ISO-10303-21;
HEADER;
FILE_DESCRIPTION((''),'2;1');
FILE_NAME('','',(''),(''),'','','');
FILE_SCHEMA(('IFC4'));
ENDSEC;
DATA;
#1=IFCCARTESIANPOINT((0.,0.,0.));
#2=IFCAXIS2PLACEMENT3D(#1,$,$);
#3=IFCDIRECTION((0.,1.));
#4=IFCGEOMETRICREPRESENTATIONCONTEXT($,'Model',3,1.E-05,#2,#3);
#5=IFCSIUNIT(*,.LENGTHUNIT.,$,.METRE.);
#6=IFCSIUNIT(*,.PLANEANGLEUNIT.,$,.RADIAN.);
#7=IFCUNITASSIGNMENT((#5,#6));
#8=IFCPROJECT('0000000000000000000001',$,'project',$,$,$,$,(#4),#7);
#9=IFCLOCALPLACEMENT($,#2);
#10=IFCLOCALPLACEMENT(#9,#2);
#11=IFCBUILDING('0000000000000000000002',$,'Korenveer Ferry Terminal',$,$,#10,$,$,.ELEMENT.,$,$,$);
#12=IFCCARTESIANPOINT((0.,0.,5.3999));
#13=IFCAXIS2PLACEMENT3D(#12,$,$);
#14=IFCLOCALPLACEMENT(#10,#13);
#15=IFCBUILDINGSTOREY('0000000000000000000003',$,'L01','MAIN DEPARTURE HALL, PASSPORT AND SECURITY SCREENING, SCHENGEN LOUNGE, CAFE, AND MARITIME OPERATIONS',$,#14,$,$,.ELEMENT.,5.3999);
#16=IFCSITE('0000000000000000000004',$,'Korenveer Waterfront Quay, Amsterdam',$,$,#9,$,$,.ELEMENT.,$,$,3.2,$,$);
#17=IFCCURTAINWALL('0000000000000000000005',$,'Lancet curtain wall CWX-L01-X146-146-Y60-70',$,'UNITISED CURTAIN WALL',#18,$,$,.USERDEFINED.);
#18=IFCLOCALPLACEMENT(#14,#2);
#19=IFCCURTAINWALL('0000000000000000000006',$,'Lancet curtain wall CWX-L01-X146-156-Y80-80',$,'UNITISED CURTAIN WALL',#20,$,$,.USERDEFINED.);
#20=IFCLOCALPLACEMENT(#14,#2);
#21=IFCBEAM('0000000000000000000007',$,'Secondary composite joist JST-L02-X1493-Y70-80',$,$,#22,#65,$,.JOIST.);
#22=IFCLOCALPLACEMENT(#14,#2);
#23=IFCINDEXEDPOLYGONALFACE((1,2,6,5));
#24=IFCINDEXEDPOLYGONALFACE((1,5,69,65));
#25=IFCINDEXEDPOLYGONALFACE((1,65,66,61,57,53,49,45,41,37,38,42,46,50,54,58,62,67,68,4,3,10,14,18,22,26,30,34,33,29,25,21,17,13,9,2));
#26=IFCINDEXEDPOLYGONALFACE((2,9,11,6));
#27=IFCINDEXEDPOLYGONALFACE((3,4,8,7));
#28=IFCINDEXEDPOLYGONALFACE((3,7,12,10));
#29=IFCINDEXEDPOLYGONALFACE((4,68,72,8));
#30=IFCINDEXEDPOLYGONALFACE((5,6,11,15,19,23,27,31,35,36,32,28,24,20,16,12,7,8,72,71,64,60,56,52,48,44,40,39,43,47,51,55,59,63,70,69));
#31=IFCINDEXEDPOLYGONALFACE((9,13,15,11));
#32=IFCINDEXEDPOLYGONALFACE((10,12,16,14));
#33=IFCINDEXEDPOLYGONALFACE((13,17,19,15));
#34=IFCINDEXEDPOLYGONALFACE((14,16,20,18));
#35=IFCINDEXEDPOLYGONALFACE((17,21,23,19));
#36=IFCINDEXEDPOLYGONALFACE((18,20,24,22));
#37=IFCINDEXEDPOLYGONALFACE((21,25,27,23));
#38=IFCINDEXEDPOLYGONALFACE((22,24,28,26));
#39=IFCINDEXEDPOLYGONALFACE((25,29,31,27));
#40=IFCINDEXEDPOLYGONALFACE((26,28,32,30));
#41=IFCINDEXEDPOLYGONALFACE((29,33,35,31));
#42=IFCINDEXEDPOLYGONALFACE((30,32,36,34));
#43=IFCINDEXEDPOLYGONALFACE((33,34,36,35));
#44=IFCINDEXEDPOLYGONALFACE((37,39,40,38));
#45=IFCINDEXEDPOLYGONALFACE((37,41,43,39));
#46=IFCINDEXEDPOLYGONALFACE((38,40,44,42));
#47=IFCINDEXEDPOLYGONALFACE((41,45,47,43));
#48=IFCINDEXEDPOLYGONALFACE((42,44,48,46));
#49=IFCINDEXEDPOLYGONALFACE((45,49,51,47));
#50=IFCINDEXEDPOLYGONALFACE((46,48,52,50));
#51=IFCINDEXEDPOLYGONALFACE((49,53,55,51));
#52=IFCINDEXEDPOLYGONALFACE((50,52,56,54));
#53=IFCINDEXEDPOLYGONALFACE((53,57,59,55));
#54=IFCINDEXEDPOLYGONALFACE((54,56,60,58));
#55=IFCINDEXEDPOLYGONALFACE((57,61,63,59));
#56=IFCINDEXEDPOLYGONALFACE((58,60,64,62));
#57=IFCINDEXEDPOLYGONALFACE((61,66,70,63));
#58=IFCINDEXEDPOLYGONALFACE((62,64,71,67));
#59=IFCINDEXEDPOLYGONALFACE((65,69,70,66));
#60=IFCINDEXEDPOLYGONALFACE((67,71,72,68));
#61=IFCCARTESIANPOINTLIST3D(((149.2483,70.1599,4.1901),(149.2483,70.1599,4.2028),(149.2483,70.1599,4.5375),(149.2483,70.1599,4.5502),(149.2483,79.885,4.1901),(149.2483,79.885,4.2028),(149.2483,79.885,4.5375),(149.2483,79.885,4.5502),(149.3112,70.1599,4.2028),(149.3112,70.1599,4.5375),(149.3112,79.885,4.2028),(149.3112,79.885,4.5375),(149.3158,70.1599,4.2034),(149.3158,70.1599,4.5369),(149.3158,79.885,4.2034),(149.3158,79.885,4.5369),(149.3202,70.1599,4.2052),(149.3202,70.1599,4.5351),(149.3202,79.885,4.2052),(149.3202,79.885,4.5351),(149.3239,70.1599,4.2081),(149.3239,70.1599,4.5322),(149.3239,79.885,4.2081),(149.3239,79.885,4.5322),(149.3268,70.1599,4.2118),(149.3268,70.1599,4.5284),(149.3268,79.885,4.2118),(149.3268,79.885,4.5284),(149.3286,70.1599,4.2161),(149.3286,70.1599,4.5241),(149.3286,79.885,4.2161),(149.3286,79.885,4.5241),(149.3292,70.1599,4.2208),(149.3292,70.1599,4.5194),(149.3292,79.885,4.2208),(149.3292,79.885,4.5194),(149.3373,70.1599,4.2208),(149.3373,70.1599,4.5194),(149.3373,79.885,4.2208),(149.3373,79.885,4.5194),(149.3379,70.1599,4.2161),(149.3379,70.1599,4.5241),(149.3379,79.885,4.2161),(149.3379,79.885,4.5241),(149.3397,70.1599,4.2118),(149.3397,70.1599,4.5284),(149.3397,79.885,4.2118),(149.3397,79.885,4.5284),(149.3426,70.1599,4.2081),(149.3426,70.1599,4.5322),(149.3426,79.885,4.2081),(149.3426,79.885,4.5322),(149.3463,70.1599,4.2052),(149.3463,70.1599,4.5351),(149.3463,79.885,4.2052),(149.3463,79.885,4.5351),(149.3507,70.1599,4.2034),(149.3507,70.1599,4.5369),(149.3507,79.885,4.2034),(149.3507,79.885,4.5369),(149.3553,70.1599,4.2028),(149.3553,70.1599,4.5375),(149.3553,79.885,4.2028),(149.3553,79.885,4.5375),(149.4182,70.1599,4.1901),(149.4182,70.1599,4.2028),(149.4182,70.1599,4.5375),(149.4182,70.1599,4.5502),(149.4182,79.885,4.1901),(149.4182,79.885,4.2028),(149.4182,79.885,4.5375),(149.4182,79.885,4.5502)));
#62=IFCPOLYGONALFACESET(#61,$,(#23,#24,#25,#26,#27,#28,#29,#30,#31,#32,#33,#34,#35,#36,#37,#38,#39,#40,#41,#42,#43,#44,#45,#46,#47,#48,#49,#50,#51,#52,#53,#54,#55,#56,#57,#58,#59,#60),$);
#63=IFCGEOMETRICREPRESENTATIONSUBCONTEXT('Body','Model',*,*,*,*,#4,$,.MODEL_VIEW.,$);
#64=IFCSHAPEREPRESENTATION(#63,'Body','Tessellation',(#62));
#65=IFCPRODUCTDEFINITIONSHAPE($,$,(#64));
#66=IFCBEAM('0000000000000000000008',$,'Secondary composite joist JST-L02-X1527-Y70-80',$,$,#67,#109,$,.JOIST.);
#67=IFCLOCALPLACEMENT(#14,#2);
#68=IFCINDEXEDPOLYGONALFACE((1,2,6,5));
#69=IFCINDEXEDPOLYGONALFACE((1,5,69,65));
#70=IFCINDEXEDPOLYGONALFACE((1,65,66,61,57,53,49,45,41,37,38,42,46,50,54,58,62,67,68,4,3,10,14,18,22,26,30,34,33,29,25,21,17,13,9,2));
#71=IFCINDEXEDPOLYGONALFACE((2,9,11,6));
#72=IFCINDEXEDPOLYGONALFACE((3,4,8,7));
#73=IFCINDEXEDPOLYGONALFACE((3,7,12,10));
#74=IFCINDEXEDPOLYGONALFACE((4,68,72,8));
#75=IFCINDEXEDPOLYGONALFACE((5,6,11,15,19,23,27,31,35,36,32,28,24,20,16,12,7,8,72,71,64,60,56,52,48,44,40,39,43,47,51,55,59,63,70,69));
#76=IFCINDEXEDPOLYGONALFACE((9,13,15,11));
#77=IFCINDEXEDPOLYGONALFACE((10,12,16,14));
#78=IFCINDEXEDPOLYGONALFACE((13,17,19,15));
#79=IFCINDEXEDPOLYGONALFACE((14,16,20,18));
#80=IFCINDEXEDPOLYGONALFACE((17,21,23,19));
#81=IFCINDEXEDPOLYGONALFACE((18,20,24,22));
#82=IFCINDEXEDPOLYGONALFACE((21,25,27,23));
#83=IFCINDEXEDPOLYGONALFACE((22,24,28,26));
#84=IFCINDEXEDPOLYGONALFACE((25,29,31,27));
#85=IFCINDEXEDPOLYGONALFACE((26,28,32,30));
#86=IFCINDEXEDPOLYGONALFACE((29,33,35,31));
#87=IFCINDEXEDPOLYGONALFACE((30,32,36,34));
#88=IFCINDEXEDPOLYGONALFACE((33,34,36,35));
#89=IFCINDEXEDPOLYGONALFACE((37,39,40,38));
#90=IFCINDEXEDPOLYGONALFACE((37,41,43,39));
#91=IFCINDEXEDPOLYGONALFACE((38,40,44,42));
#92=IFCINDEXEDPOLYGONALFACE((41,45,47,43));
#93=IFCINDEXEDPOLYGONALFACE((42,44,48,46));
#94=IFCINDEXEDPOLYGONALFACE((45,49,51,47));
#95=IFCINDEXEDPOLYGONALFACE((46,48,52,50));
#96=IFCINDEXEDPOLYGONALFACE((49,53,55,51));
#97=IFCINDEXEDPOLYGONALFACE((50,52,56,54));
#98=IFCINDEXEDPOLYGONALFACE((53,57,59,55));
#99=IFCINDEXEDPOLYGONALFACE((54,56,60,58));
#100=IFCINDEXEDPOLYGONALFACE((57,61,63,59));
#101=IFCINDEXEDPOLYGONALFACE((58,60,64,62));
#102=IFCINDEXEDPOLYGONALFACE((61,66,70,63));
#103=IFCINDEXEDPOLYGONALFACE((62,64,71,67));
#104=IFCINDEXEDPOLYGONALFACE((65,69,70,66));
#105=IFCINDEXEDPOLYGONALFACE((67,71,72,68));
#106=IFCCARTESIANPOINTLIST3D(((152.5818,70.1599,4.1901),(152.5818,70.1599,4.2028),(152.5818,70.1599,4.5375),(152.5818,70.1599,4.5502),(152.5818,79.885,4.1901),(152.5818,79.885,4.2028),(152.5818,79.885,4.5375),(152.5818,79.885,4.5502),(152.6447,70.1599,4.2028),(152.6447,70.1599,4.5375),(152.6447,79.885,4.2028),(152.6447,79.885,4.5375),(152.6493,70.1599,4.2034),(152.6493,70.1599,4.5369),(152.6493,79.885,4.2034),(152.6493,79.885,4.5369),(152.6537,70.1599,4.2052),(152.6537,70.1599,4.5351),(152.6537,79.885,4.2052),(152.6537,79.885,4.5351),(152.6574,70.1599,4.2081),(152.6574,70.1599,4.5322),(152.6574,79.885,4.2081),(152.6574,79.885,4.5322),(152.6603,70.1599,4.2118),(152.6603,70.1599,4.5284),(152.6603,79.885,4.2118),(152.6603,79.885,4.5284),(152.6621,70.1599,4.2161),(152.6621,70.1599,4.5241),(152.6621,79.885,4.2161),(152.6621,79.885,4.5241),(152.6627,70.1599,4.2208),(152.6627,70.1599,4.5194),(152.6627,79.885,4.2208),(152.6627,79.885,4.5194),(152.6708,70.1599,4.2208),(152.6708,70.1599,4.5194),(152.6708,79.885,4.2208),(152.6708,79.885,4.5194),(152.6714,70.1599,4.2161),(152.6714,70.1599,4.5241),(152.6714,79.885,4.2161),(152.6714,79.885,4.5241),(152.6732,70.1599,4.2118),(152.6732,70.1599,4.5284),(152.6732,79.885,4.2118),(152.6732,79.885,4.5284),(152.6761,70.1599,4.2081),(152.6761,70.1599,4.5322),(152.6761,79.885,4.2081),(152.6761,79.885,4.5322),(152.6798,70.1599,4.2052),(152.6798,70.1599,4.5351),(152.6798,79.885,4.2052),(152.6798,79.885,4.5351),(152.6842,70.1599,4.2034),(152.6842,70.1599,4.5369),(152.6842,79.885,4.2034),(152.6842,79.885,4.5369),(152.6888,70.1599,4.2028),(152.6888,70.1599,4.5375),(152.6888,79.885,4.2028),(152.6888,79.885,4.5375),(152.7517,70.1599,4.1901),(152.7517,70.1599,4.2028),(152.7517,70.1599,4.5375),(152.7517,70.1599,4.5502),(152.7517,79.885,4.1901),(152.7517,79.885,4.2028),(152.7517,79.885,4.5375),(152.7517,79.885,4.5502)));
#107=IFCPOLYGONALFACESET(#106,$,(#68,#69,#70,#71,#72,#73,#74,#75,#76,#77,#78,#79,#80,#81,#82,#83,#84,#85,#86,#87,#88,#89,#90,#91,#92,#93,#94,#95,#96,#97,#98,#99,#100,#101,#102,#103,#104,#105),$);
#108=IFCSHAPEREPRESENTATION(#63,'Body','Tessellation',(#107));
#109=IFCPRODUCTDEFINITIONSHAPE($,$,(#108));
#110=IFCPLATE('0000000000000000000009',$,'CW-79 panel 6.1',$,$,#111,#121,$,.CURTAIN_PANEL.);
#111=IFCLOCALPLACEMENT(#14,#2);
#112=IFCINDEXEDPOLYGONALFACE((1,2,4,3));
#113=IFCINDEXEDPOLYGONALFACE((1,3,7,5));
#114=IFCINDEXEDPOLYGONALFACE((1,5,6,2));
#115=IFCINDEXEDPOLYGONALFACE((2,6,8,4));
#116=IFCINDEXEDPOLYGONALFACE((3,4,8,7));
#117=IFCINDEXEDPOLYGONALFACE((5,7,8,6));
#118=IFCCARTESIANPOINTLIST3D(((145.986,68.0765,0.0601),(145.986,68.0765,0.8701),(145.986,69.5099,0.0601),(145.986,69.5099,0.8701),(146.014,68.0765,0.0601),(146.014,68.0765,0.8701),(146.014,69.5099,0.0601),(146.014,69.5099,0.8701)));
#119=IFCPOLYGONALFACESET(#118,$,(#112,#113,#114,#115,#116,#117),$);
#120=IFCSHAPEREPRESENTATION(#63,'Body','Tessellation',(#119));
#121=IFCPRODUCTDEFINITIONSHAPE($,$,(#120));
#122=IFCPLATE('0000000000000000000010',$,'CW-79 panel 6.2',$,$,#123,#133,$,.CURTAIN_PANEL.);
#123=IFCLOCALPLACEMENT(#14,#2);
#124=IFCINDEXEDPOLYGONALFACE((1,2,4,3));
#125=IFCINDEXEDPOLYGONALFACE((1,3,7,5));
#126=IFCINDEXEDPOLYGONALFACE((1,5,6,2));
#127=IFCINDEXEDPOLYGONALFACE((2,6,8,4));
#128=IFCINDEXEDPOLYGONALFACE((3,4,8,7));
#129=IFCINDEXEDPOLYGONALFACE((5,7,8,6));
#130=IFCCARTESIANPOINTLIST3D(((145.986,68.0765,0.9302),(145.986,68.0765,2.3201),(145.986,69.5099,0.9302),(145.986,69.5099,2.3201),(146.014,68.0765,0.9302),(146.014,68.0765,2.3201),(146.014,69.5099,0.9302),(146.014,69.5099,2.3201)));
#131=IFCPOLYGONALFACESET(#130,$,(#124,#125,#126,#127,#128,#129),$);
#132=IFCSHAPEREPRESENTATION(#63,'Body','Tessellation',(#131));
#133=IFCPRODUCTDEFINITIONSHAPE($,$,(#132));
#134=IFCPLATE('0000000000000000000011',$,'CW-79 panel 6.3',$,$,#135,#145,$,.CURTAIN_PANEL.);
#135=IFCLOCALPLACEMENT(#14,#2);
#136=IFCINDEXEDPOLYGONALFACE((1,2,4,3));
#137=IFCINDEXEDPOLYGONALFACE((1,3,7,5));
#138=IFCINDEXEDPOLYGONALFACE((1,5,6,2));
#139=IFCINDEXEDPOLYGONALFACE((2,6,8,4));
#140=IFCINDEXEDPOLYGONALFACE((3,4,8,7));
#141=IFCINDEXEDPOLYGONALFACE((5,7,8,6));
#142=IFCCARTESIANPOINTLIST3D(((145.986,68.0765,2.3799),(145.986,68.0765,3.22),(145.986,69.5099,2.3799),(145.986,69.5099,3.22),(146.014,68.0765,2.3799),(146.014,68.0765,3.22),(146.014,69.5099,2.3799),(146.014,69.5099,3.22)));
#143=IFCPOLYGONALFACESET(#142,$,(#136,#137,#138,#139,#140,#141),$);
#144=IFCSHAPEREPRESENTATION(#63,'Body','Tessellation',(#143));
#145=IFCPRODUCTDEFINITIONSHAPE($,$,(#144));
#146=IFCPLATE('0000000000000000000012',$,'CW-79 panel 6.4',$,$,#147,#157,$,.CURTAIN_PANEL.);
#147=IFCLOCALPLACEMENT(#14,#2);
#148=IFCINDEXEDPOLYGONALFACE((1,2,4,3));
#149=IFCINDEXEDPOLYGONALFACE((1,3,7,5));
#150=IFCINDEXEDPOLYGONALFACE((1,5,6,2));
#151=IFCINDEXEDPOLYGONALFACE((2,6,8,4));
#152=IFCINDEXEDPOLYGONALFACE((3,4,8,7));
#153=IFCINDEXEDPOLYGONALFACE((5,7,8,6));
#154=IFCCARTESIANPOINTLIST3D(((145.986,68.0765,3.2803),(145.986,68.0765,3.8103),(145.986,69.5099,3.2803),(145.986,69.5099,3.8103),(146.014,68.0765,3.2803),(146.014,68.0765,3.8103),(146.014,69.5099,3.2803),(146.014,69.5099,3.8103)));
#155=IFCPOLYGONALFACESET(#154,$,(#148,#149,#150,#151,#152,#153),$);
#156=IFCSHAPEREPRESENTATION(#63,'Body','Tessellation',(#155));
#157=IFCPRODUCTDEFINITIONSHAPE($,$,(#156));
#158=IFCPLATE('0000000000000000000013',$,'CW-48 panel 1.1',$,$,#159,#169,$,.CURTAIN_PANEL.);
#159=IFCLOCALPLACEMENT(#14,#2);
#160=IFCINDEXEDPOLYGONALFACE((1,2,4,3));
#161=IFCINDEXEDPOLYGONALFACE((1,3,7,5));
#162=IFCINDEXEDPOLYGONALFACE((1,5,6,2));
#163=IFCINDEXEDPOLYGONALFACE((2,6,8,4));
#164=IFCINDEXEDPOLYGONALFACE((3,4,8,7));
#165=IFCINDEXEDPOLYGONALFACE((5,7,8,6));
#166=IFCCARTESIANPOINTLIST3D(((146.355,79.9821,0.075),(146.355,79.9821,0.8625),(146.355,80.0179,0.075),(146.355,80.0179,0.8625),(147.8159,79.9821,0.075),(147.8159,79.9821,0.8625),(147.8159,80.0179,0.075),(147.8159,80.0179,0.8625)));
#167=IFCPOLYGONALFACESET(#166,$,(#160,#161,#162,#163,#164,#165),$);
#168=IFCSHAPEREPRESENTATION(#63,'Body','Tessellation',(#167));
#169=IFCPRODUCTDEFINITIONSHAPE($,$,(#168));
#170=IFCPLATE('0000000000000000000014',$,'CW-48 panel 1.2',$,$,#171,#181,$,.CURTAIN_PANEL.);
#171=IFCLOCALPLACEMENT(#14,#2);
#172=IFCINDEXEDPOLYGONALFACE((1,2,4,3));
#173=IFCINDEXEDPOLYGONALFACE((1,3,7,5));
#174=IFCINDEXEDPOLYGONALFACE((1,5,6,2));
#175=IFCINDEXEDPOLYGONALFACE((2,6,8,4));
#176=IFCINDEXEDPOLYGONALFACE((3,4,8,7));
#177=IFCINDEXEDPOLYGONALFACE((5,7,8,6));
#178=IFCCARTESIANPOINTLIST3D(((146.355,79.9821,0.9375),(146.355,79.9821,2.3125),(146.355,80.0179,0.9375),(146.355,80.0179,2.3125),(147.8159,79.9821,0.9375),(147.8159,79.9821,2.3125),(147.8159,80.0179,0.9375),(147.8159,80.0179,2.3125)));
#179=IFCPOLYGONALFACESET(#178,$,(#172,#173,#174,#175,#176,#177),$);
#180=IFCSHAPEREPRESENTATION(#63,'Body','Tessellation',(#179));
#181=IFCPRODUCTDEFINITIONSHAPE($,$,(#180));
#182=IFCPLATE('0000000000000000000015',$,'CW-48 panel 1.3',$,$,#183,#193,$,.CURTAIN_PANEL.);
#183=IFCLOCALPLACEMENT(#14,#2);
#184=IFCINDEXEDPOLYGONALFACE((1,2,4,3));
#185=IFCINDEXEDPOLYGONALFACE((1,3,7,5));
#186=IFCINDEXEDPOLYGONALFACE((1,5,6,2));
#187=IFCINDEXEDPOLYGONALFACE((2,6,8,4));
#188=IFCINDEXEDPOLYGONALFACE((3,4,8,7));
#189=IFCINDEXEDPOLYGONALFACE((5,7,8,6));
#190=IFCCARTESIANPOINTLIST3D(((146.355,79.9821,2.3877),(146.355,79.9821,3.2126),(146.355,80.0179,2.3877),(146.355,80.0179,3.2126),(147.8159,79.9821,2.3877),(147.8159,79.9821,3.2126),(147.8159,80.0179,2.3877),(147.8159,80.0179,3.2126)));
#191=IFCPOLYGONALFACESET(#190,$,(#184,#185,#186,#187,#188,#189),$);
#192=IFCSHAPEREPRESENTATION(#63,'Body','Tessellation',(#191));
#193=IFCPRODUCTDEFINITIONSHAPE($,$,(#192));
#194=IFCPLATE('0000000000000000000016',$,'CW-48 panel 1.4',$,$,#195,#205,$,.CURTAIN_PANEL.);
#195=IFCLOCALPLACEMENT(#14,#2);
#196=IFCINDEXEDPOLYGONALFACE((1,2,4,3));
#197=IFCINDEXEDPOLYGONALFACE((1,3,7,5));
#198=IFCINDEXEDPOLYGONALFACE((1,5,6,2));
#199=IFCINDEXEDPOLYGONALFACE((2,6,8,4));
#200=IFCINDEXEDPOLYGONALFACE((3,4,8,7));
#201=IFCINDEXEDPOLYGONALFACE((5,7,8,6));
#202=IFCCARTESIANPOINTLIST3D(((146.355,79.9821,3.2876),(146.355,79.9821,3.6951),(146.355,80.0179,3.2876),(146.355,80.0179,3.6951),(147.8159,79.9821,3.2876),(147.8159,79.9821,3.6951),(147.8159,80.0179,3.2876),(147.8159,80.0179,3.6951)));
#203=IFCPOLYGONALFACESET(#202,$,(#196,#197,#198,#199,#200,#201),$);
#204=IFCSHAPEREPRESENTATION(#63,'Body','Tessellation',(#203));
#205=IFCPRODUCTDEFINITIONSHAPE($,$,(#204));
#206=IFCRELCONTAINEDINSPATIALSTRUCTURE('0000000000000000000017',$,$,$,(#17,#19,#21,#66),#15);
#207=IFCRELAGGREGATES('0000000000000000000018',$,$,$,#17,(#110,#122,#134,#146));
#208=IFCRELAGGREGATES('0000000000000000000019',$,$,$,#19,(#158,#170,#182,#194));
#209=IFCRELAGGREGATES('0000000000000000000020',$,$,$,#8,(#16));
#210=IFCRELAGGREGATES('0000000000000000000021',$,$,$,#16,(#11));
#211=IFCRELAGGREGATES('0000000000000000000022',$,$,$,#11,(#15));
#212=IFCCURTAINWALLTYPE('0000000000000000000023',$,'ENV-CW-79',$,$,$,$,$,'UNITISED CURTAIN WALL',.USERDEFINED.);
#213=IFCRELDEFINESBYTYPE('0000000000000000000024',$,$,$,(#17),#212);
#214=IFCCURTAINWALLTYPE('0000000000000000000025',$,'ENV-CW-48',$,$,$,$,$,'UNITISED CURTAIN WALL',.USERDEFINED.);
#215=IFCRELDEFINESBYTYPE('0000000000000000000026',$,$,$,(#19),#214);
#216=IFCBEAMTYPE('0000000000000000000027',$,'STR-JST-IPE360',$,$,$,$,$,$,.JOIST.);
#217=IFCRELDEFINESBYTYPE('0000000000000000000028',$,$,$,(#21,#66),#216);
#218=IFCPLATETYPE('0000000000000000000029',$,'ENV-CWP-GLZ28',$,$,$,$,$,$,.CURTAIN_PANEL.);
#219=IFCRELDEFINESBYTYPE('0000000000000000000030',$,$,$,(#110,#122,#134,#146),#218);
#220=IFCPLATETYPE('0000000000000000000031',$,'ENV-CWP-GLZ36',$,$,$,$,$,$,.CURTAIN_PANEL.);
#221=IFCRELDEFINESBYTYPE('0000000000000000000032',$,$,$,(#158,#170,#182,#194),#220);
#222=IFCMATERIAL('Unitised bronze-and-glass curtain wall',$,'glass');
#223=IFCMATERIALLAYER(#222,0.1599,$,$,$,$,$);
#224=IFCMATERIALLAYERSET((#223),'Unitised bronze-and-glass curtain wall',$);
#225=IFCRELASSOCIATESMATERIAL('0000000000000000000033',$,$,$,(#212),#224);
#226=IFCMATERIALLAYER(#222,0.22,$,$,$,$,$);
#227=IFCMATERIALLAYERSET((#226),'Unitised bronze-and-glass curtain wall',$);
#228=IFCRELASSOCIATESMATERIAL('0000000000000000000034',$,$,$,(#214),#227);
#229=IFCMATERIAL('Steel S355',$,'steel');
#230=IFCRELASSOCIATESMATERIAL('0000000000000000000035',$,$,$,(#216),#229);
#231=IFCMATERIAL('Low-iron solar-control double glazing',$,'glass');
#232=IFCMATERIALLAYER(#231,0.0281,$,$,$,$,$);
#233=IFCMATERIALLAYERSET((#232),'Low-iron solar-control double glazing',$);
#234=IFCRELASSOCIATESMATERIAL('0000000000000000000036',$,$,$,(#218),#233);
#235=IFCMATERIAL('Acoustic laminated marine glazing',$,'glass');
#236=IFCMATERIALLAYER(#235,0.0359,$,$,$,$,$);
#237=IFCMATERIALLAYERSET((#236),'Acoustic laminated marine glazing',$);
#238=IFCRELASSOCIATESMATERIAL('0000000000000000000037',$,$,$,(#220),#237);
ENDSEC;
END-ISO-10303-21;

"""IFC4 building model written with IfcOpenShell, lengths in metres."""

from ifc_helpers import new_model, si_unit, direction, frame, origin, origin_2d, place, context, subcontext, project, spatial, rectangle, i_section, extrude, material, layer, layer_set, material_profile, profile_set, type_object, element, aggregate, save


model = new_model("IFC4")

# Units and contexts
model_context = context("Model", 3, precision=1e-05, world=origin(), true_north=direction((0.0, 1.0)))
body_context = subcontext(model_context, "Body", "Model", "MODEL_VIEW")
ifc_project = project(units=[si_unit("LENGTHUNIT", "METRE"), si_unit("PLANEANGLEUNIT", "RADIAN")], contexts=[model_context])

# Site, building, storey
site_placement = place(None, origin())
site = spatial("IfcSite", under=ifc_project, at=site_placement, Name="Korenveer Waterfront Quay, Amsterdam", CompositionType="ELEMENT", RefElevation=3.2)
building_placement = place(site_placement, origin())
building = spatial("IfcBuilding", under=site, at=building_placement, Name="Korenveer Ferry Terminal", CompositionType="ELEMENT")
storey_placement = place(building_placement, frame((0.0, 0.0, 5.3999)))
storey = spatial("IfcBuildingStorey", under=building, at=storey_placement, Name="L01", Description="MAIN DEPARTURE HALL, PASSPORT AND SECURITY SCREENING, SCHENGEN LOUNGE, CAFE, AND MARITIME OPERATIONS", CompositionType="ELEMENT", Elevation=5.3999)

# Curtain wall
ifc_material_1 = material(Name="Unitised bronze-and-glass curtain wall", Category="glass")
ifc_layer_1 = layer(ifc_material_1, 0.1599)
ifc_layer_set_1 = layer_set([ifc_layer_1], Name="Unitised bronze-and-glass curtain wall")
curtain_wall_type_1 = type_object("IfcCurtainWallType", Name="ENV-CW-79", ElementType="UNITISED CURTAIN WALL", PredefinedType="USERDEFINED", material=ifc_layer_set_1)
curtain_wall_1_placement = place(storey_placement, frame((146.0, 60.4299, 0.0)))
curtain_wall_1 = element("IfcCurtainWall", 1, at=curtain_wall_1_placement, inside=storey, type_object=curtain_wall_type_1, Name="Lancet curtain wall CWX-L01-X146-146-Y60-70", ObjectType="UNITISED CURTAIN WALL", PredefinedType="USERDEFINED")

# Curtain wall
ifc_layer_2 = layer(ifc_material_1, 0.22)
ifc_layer_set_2 = layer_set([ifc_layer_2], Name="Unitised bronze-and-glass curtain wall")
curtain_wall_type_2 = type_object("IfcCurtainWallType", Name="ENV-CW-48", ElementType="UNITISED CURTAIN WALL", PredefinedType="USERDEFINED", material=ifc_layer_set_2)
curtain_wall_2_placement = place(storey_placement, frame((146.28, 80.0, 0.0)))
curtain_wall_2 = element("IfcCurtainWall", 2, at=curtain_wall_2_placement, inside=storey, type_object=curtain_wall_type_2, Name="Lancet curtain wall CWX-L01-X146-156-Y80-80", ObjectType="UNITISED CURTAIN WALL", PredefinedType="USERDEFINED")

# Beams
ifc_material_2 = material(Name="Steel S355", Category="steel")
ifc_material_profile_1 = material_profile(ifc_material_2, i_section(OverallWidth=0.1699, OverallDepth=0.3601, WebThickness=0.0081, FlangeThickness=0.0127, FilletRadius=0.0181, at=origin_2d()), Name="IPE 360")
ifc_profile_set_1 = profile_set([ifc_material_profile_1], Name="Steel S355")
beam_type_1 = type_object("IfcBeamType", Name="STR-JST-IPE360", PredefinedType="JOIST", material=ifc_profile_set_1)
for number, where, z_axis, x_axis, name in (
    (3, (149.3333, 70.1599, 4.3701), (0.0, 1.0, 0.0), (-1.0, 0.0, 0.0), "Secondary composite joist JST-L02-X1493-Y70-80"),
    (4, (152.6667, 70.1599, 4.3701), (0.0, 1.0, 0.0), (-1.0, 0.0, 0.0), "Secondary composite joist JST-L02-X1527-Y70-80"),
):
    element("IfcBeam", number, at=place(storey_placement, frame(where, z_axis=z_axis, x_axis=x_axis)), inside=storey, type_object=beam_type_1, Name=name, PredefinedType="JOIST", context=body_context, shape_type="SweptSolid", body=[
        extrude(i_section(OverallWidth=0.1699, OverallDepth=0.3601, WebThickness=0.0081, FlangeThickness=0.0127, FilletRadius=0.0181, at=origin_2d()), origin(), (0.0, 0.0, 1.0), 9.7251),
    ])

# Plates
ifc_material_3 = material(Name="Low-iron solar-control double glazing", Category="glass")
ifc_layer_3 = layer(ifc_material_3, 0.0281)
ifc_layer_set_3 = layer_set([ifc_layer_3], Name="Low-iron solar-control double glazing")
plate_type_1 = type_object("IfcPlateType", Name="ENV-CWP-GLZ28", PredefinedType="CURTAIN_PANEL", material=ifc_layer_set_3)
plate_1_placement = place(storey_placement, frame((146.0, 68.7932, 0.0601), z_axis=(0.0, 0.0, 1.0), x_axis=(0.0, 1.0, 0.0)))
plate_1 = element("IfcPlate", 5, at=plate_1_placement, type_object=plate_type_1, Name="CW-79 panel 6.1", PredefinedType="CURTAIN_PANEL", context=body_context, shape_type="SweptSolid", body=[
    extrude(rectangle(XDim=1.4333, YDim=0.0281, at=origin_2d()), origin(), (0.0, 0.0, 1.0), 0.8101),
])
plate_2_placement = place(storey_placement, frame((146.0, 68.7932, 0.9302), z_axis=(0.0, 0.0, 1.0), x_axis=(0.0, 1.0, 0.0)))
plate_2 = element("IfcPlate", 6, at=plate_2_placement, type_object=plate_type_1, Name="CW-79 panel 6.2", PredefinedType="CURTAIN_PANEL", context=body_context, shape_type="SweptSolid", body=[
    extrude(rectangle(XDim=1.4333, YDim=0.0281, at=origin_2d()), origin(), (0.0, 0.0, 1.0), 1.3899),
])
plate_3_placement = place(storey_placement, frame((146.0, 68.7932, 2.3799), z_axis=(0.0, 0.0, 1.0), x_axis=(0.0, 1.0, 0.0)))
plate_3 = element("IfcPlate", 7, at=plate_3_placement, type_object=plate_type_1, Name="CW-79 panel 6.3", PredefinedType="CURTAIN_PANEL", context=body_context, shape_type="SweptSolid", body=[
    extrude(rectangle(XDim=1.4333, YDim=0.0281, at=origin_2d()), origin(), (0.0, 0.0, 1.0), 0.8401),
])
plate_4_placement = place(storey_placement, frame((146.0, 68.7932, 3.2803), z_axis=(0.0, 0.0, 1.0), x_axis=(0.0, 1.0, 0.0)))
plate_4 = element("IfcPlate", 8, at=plate_4_placement, type_object=plate_type_1, Name="CW-79 panel 6.4", PredefinedType="CURTAIN_PANEL", context=body_context, shape_type="SweptSolid", body=[
    extrude(rectangle(XDim=1.4333, YDim=0.0281, at=origin_2d()), origin(), (0.0, 0.0, 1.0), 0.53),
])
aggregate(curtain_wall_1, [plate_1, plate_2, plate_3, plate_4])
ifc_material_4 = material(Name="Acoustic laminated marine glazing", Category="glass")
ifc_layer_4 = layer(ifc_material_4, 0.0359)
ifc_layer_set_4 = layer_set([ifc_layer_4], Name="Acoustic laminated marine glazing")
plate_type_2 = type_object("IfcPlateType", Name="ENV-CWP-GLZ36", PredefinedType="CURTAIN_PANEL", material=ifc_layer_set_4)
plate_5_placement = place(storey_placement, frame((147.0854, 80.0, 0.075), z_axis=(0.0, 0.0, 1.0), x_axis=(1.0, 0.0, 0.0)))
plate_5 = element("IfcPlate", 9, at=plate_5_placement, type_object=plate_type_2, Name="CW-48 panel 1.1", PredefinedType="CURTAIN_PANEL", context=body_context, shape_type="SweptSolid", body=[
    extrude(rectangle(XDim=1.4609, YDim=0.0359, at=origin_2d()), origin(), (0.0, 0.0, 1.0), 0.7876),
])
plate_6_placement = place(storey_placement, frame((147.0854, 80.0, 0.9375), z_axis=(0.0, 0.0, 1.0), x_axis=(1.0, 0.0, 0.0)))
plate_6 = element("IfcPlate", 10, at=plate_6_placement, type_object=plate_type_2, Name="CW-48 panel 1.2", PredefinedType="CURTAIN_PANEL", context=body_context, shape_type="SweptSolid", body=[
    extrude(rectangle(XDim=1.4609, YDim=0.0359, at=origin_2d()), origin(), (0.0, 0.0, 1.0), 1.375),
])
plate_7_placement = place(storey_placement, frame((147.0854, 80.0, 2.3877), z_axis=(0.0, 0.0, 1.0), x_axis=(1.0, 0.0, 0.0)))
plate_7 = element("IfcPlate", 11, at=plate_7_placement, type_object=plate_type_2, Name="CW-48 panel 1.3", PredefinedType="CURTAIN_PANEL", context=body_context, shape_type="SweptSolid", body=[
    extrude(rectangle(XDim=1.4609, YDim=0.0359, at=origin_2d()), origin(), (0.0, 0.0, 1.0), 0.825),
])
plate_8_placement = place(storey_placement, frame((147.0854, 80.0, 3.2876), z_axis=(0.0, 0.0, 1.0), x_axis=(1.0, 0.0, 0.0)))
plate_8 = element("IfcPlate", 12, at=plate_8_placement, type_object=plate_type_2, Name="CW-48 panel 1.4", PredefinedType="CURTAIN_PANEL", context=body_context, shape_type="SweptSolid", body=[
    extrude(rectangle(XDim=1.4609, YDim=0.0359, at=origin_2d()), origin(), (0.0, 0.0, 1.0), 0.4075),
])
aggregate(curtain_wall_2, [plate_5, plate_6, plate_7, plate_8])

save(model, "model.ifc")
